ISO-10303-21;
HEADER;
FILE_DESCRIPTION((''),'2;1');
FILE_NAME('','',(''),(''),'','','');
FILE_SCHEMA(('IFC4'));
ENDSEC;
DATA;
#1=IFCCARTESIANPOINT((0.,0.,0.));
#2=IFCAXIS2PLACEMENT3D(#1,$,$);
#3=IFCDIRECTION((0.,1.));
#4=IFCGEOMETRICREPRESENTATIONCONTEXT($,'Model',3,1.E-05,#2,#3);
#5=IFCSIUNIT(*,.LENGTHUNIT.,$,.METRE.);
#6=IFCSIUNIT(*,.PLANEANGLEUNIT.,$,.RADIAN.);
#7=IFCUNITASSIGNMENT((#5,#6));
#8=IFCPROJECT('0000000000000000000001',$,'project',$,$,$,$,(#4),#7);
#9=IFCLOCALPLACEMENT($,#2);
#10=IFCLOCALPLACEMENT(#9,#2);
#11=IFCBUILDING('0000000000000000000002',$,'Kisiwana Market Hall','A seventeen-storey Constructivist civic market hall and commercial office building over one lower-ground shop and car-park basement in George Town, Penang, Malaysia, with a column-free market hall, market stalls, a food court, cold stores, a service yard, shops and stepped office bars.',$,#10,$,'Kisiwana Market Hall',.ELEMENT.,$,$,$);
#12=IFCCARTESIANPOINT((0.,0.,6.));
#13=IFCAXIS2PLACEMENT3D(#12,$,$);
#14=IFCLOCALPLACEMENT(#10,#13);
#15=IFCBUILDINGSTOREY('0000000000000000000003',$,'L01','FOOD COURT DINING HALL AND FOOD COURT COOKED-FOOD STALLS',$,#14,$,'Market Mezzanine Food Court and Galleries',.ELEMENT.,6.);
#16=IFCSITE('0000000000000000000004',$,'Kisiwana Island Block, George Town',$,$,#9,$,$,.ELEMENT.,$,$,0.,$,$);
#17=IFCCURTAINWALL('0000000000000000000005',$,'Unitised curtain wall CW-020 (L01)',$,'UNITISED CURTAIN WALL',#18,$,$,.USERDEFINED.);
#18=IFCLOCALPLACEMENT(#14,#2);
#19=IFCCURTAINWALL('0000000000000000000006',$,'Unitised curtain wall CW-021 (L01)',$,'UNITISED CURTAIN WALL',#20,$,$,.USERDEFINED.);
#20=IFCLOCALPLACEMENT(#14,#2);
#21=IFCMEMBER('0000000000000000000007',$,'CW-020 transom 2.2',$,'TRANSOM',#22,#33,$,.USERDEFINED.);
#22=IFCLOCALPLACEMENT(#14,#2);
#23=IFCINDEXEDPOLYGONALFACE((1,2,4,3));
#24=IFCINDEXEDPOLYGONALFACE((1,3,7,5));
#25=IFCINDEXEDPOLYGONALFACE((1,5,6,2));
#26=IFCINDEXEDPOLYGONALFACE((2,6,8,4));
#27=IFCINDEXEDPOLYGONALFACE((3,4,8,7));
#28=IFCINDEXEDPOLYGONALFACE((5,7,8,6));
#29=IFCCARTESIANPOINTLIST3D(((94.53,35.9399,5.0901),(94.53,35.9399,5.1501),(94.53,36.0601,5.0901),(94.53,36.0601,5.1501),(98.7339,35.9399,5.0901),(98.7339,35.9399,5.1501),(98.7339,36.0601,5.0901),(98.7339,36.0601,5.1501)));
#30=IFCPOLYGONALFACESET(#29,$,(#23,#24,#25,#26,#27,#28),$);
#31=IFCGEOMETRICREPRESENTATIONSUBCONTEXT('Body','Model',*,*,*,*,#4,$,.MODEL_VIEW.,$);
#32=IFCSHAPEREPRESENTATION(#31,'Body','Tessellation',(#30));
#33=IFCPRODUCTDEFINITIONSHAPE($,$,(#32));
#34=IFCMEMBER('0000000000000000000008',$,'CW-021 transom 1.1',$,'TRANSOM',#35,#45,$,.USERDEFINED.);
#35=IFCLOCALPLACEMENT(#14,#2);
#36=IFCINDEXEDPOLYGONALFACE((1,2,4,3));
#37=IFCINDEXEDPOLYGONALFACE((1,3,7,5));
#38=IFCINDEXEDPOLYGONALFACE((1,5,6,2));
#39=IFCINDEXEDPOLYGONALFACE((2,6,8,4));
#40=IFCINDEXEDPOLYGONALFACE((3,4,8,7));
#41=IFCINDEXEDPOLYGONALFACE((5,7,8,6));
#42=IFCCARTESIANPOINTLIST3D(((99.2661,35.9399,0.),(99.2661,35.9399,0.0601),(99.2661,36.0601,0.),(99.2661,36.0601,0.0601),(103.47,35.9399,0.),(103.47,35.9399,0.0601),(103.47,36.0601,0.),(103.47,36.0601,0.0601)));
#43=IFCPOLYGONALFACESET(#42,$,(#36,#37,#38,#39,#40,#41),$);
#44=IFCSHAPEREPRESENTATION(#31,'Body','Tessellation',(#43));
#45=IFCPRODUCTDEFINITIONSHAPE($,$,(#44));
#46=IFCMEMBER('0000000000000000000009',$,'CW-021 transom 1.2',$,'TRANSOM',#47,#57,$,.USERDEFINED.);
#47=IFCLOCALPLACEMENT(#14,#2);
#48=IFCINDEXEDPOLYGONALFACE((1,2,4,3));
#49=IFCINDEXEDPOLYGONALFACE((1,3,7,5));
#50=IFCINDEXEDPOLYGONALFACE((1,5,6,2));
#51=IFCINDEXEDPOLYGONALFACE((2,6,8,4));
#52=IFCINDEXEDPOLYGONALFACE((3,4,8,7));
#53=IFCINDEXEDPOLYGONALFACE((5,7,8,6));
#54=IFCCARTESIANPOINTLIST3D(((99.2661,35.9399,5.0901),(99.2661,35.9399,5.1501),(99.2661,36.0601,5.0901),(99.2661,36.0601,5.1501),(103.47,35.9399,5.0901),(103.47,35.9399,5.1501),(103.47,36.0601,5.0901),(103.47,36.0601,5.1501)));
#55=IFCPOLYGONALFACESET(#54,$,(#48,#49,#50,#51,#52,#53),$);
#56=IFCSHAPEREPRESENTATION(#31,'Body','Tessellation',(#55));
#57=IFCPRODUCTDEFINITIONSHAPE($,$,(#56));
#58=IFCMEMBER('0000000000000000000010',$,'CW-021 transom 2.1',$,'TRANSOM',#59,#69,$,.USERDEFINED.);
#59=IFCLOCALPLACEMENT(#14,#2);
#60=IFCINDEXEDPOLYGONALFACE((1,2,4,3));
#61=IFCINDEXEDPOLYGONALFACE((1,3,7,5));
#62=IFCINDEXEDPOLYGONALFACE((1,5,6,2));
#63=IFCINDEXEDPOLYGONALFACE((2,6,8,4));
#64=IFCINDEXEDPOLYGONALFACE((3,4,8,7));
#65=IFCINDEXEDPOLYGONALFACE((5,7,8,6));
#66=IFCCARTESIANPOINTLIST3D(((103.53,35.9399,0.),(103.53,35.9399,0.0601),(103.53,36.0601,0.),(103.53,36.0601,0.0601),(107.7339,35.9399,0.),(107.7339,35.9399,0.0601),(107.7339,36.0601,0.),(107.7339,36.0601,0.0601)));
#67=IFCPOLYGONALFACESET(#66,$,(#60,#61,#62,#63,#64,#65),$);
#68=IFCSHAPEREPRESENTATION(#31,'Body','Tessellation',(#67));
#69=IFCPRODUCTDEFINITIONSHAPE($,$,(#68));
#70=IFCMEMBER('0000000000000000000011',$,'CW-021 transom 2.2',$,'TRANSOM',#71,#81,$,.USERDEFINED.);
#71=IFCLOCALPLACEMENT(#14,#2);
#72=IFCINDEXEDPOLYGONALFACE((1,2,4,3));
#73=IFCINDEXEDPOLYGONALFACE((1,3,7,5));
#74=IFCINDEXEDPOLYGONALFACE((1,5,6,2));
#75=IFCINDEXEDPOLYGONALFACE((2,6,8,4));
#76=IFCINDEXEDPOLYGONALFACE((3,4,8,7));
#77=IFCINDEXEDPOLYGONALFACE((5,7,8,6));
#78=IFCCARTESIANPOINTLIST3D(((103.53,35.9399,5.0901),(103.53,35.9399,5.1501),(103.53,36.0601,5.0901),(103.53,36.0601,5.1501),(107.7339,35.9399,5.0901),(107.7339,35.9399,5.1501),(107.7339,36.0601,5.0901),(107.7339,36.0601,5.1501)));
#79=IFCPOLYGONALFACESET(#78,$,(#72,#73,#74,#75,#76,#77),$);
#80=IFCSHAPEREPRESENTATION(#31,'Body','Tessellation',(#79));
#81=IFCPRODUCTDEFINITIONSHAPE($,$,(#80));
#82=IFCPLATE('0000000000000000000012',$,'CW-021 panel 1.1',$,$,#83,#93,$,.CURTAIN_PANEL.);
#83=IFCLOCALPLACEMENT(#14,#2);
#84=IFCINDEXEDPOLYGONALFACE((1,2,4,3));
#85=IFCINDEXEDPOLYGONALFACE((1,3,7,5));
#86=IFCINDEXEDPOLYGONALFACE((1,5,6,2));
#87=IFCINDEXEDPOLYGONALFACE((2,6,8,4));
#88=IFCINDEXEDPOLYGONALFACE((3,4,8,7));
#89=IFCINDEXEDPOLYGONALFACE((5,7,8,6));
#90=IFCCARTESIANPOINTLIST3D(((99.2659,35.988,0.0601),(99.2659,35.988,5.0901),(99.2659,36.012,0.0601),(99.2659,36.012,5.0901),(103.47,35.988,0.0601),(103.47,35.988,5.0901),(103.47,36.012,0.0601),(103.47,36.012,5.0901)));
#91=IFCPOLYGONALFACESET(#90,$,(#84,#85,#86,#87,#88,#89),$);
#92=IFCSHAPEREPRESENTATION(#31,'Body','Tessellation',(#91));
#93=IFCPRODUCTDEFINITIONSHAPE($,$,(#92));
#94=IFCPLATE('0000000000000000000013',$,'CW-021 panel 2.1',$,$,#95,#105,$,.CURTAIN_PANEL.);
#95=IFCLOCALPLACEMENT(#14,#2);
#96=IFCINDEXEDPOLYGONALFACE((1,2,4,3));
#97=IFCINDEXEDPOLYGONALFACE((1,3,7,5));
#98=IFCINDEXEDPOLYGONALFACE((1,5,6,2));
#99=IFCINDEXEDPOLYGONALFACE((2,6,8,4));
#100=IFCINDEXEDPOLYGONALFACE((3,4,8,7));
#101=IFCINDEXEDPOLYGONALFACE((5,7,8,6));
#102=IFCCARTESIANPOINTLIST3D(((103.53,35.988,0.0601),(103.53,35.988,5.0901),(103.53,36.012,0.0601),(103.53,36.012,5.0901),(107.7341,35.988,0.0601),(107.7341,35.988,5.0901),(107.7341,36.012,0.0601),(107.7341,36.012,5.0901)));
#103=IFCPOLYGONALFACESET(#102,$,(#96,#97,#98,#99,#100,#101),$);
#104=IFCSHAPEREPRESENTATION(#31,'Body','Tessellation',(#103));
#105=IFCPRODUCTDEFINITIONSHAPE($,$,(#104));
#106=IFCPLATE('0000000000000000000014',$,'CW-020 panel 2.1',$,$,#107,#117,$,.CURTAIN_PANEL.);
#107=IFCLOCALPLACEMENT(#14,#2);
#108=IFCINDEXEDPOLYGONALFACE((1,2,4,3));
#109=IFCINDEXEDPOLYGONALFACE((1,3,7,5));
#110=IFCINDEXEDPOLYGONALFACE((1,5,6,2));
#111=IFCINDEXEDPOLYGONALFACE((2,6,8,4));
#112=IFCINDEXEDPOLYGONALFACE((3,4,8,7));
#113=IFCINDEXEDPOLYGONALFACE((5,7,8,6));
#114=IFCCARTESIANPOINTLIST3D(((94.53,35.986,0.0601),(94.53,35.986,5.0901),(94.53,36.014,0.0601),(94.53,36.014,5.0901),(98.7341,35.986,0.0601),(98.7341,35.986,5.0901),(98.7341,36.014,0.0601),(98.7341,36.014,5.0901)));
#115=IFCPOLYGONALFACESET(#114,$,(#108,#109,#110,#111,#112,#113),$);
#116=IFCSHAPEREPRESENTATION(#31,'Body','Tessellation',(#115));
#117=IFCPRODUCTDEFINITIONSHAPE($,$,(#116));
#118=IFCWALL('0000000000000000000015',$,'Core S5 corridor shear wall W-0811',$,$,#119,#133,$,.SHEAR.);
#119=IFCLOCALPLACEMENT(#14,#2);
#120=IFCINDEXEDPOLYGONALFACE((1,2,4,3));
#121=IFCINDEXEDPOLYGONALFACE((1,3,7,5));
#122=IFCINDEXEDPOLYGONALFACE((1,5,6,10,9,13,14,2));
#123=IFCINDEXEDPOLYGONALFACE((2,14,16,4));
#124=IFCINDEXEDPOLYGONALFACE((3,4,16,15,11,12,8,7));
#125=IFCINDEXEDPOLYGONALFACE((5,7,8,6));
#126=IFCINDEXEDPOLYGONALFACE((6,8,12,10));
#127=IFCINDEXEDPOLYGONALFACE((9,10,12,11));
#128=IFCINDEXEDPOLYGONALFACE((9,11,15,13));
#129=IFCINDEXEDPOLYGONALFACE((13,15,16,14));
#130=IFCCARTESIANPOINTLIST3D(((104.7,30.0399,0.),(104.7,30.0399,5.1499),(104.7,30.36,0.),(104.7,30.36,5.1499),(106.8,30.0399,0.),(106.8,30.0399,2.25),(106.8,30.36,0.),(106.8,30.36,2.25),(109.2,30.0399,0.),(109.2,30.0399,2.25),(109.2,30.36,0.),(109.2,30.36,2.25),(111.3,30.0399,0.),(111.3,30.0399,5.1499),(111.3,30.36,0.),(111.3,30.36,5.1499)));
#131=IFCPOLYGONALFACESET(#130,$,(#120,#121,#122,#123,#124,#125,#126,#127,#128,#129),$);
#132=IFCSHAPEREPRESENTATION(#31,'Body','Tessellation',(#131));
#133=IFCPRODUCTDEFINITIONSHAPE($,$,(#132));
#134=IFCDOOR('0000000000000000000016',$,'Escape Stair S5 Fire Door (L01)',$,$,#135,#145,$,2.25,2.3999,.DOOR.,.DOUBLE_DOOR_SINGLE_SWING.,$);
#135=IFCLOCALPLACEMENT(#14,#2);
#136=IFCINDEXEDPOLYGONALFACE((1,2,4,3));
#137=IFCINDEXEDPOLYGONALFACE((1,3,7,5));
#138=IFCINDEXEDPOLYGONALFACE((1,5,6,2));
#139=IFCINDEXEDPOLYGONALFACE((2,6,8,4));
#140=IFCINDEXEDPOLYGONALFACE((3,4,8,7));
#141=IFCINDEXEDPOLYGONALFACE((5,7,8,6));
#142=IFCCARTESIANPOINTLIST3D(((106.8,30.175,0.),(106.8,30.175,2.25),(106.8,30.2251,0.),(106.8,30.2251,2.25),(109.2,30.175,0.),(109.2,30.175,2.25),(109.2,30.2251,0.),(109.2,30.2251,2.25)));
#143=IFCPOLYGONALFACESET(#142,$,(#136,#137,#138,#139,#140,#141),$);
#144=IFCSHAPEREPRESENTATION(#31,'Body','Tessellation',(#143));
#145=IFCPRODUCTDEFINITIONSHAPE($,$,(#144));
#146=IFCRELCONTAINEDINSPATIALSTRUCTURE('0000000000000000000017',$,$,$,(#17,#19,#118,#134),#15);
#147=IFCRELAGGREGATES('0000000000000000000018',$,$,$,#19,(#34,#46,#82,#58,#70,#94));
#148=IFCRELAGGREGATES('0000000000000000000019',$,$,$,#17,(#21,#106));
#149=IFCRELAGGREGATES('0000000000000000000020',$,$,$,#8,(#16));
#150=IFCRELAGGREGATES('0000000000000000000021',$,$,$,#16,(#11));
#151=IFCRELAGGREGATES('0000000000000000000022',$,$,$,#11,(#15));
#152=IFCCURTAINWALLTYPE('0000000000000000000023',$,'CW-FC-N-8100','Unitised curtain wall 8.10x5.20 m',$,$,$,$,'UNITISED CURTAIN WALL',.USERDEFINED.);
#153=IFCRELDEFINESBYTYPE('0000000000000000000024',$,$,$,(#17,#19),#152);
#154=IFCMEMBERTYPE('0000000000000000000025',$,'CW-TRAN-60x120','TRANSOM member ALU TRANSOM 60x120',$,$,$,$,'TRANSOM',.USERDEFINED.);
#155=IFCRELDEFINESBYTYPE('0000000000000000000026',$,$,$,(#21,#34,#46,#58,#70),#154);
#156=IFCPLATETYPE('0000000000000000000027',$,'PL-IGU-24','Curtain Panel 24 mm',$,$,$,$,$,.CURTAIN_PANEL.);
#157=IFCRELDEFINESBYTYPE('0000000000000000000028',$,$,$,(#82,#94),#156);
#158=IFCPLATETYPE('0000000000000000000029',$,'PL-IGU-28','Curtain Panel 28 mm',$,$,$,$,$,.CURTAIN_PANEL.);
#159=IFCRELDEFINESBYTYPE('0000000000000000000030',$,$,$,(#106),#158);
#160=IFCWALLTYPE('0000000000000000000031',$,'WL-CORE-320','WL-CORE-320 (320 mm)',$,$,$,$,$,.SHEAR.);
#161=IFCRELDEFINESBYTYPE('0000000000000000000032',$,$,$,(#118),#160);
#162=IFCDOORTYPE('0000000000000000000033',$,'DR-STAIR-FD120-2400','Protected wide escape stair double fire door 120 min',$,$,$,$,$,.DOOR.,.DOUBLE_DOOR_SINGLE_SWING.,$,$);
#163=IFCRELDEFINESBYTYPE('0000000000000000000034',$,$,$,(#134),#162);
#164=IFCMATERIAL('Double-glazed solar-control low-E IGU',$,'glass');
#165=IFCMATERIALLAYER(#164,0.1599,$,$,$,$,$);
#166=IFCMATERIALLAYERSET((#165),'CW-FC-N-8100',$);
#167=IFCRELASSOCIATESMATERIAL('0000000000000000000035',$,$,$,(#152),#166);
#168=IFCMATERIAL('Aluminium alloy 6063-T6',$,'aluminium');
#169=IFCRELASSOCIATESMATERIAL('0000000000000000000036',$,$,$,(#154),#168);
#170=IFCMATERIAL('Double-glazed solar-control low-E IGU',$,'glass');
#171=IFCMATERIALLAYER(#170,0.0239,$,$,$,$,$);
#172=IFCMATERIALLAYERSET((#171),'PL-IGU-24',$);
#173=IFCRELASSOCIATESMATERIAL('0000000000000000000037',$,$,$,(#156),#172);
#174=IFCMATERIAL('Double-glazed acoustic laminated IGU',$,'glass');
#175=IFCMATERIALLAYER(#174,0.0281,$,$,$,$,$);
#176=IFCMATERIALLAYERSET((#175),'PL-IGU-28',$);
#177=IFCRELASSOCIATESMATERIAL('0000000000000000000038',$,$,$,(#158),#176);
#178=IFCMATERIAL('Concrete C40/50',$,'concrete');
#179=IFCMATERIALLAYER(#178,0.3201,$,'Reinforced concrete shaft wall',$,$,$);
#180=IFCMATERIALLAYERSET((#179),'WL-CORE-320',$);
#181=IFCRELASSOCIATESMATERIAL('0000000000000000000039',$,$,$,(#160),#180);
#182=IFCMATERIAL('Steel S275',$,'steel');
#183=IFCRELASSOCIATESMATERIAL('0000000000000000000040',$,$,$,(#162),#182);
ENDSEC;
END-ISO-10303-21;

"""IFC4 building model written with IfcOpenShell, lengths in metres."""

from ifc_helpers import new_model, si_unit, direction, frame, frame_2d, origin, origin_2d, place, context, subcontext, project, spatial, rectangle, extrude, material, layer, layer_set, material_profile, profile_set, type_object, element, fill, aggregate, save


model = new_model("IFC4")

# Units and contexts
model_context = context("Model", 3, precision=1e-05, world=origin(), true_north=direction((0.0, 1.0)))
body_context = subcontext(model_context, "Body", "Model", "MODEL_VIEW")
ifc_project = project(units=[si_unit("LENGTHUNIT", "METRE"), si_unit("PLANEANGLEUNIT", "RADIAN")], contexts=[model_context])

# Site, building, storey
site_placement = place(None, origin())
site = spatial("IfcSite", under=ifc_project, at=site_placement, Name="Kisiwana Island Block, George Town", CompositionType="ELEMENT", RefElevation=0.0)
building_placement = place(site_placement, origin())
building = spatial("IfcBuilding", under=site, at=building_placement, Name="Kisiwana Market Hall", Description="A seventeen-storey Constructivist civic market hall and commercial office building over one lower-ground shop and car-park basement in George Town, Penang, Malaysia, with a column-free market hall, market stalls, a food court, cold stores, a service yard, shops and stepped office bars.", LongName="Kisiwana Market Hall", CompositionType="ELEMENT")
storey_placement = place(building_placement, frame((0.0, 0.0, 6.0)))
storey = spatial("IfcBuildingStorey", under=building, at=storey_placement, Name="L01", Description="FOOD COURT DINING HALL AND FOOD COURT COOKED-FOOD STALLS", LongName="Market Mezzanine Food Court and Galleries", CompositionType="ELEMENT", Elevation=6.0)

# Curtain walls
ifc_material_1 = material(Name="Double-glazed solar-control low-E IGU", Category="glass")
ifc_layer_1 = layer(ifc_material_1, 0.1599)
ifc_layer_set_1 = layer_set([ifc_layer_1], Name="CW-FC-N-8100")
curtain_wall_type = type_object("IfcCurtainWallType", Name="CW-FC-N-8100", Description="Unitised curtain wall 8.10x5.20 m", ElementType="UNITISED CURTAIN WALL", PredefinedType="USERDEFINED", material=ifc_layer_set_1)
curtain_wall_1_placement = place(storey_placement, origin())
curtain_wall_1 = element("IfcCurtainWall", 1, at=curtain_wall_1_placement, inside=storey, type_object=curtain_wall_type, Name="Unitised curtain wall CW-020 (L01)", ObjectType="UNITISED CURTAIN WALL", PredefinedType="USERDEFINED")
curtain_wall_2_placement = place(storey_placement, origin())
curtain_wall_2 = element("IfcCurtainWall", 2, at=curtain_wall_2_placement, inside=storey, type_object=curtain_wall_type, Name="Unitised curtain wall CW-021 (L01)", ObjectType="UNITISED CURTAIN WALL", PredefinedType="USERDEFINED")

# Members
ifc_material_2 = material(Name="Aluminium alloy 6063-T6", Category="aluminium")
ifc_material_profile_1 = material_profile(ifc_material_2, rectangle(XDim=0.1201, YDim=0.0601, at=origin_2d()), Name="ALU TRANSOM 60x120")
ifc_profile_set_1 = profile_set([ifc_material_profile_1], Name="Aluminium alloy 6063-T6")
member_type_1 = type_object("IfcMemberType", Name="CW-TRAN-60x120", Description="TRANSOM member ALU TRANSOM 60x120", ElementType="TRANSOM", PredefinedType="USERDEFINED", material=ifc_profile_set_1)
member_1_placement = place(storey_placement, frame((94.53, 36.0, 5.1201), z_axis=(1.0, 0.0, 0.0), x_axis=(0.0, 1.0, 0.0)))
member_1 = element("IfcMember", 3, at=member_1_placement, type_object=member_type_1, Name="CW-020 transom 2.2", ObjectType="TRANSOM", PredefinedType="USERDEFINED", context=body_context, shape_type="SweptSolid", body=[
    extrude(rectangle(XDim=0.1201, YDim=0.0601, at=origin_2d()), origin(), (0.0, 0.0, 1.0), 4.2039),
])
member_2_placement = place(storey_placement, frame((99.2661, 36.0, 0.03), z_axis=(1.0, 0.0, 0.0), x_axis=(0.0, 1.0, 0.0)))
member_2 = element("IfcMember", 4, at=member_2_placement, type_object=member_type_1, Name="CW-021 transom 1.1", ObjectType="TRANSOM", PredefinedType="USERDEFINED", context=body_context, shape_type="SweptSolid", body=[
    extrude(rectangle(XDim=0.1201, YDim=0.0601, at=origin_2d()), origin(), (0.0, 0.0, 1.0), 4.2039),
])
member_3_placement = place(storey_placement, frame((99.2661, 36.0, 5.1201), z_axis=(1.0, 0.0, 0.0), x_axis=(0.0, 1.0, 0.0)))
member_3 = element("IfcMember", 5, at=member_3_placement, type_object=member_type_1, Name="CW-021 transom 1.2", ObjectType="TRANSOM", PredefinedType="USERDEFINED", context=body_context, shape_type="SweptSolid", body=[
    extrude(rectangle(XDim=0.1201, YDim=0.0601, at=origin_2d()), origin(), (0.0, 0.0, 1.0), 4.2039),
])
member_4_placement = place(storey_placement, frame((103.53, 36.0, 0.03), z_axis=(1.0, 0.0, 0.0), x_axis=(0.0, 1.0, 0.0)))
member_4 = element("IfcMember", 6, at=member_4_placement, type_object=member_type_1, Name="CW-021 transom 2.1", ObjectType="TRANSOM", PredefinedType="USERDEFINED", context=body_context, shape_type="SweptSolid", body=[
    extrude(rectangle(XDim=0.1201, YDim=0.0601, at=origin_2d()), origin(), (0.0, 0.0, 1.0), 4.2039),
])
member_5_placement = place(storey_placement, frame((103.53, 36.0, 5.1201), z_axis=(1.0, 0.0, 0.0), x_axis=(0.0, 1.0, 0.0)))
member_5 = element("IfcMember", 7, at=member_5_placement, type_object=member_type_1, Name="CW-021 transom 2.2", ObjectType="TRANSOM", PredefinedType="USERDEFINED", context=body_context, shape_type="SweptSolid", body=[
    extrude(rectangle(XDim=0.1201, YDim=0.0601, at=origin_2d()), origin(), (0.0, 0.0, 1.0), 4.2039),
])

# Plates
ifc_material_3 = material(Name="Double-glazed solar-control low-E IGU", Category="glass")
ifc_layer_2 = layer(ifc_material_3, 0.0239)
ifc_layer_set_2 = layer_set([ifc_layer_2], Name="PL-IGU-24")
plate_type_1 = type_object("IfcPlateType", Name="PL-IGU-24", Description="Curtain Panel 24 mm", PredefinedType="CURTAIN_PANEL", material=ifc_layer_set_2)
plate_1_placement = place(storey_placement, frame((101.3679, 36.0, 0.0601), z_axis=(0.0, 0.0, 1.0), x_axis=(1.0, 0.0, 0.0)))
plate_1 = element("IfcPlate", 8, at=plate_1_placement, type_object=plate_type_1, Name="CW-021 panel 1.1", PredefinedType="CURTAIN_PANEL", context=body_context, shape_type="SweptSolid", body=[
    extrude(rectangle(XDim=4.2041, YDim=0.0239, at=origin_2d()), origin(), (0.0, 0.0, 1.0), 5.03),
])
plate_2_placement = place(storey_placement, frame((105.6321, 36.0, 0.0601), z_axis=(0.0, 0.0, 1.0), x_axis=(1.0, 0.0, 0.0)))
plate_2 = element("IfcPlate", 9, at=plate_2_placement, type_object=plate_type_1, Name="CW-021 panel 2.1", PredefinedType="CURTAIN_PANEL", context=body_context, shape_type="SweptSolid", body=[
    extrude(rectangle(XDim=4.2041, YDim=0.0239, at=origin_2d()), origin(), (0.0, 0.0, 1.0), 5.03),
])
aggregate(curtain_wall_2, [member_2, member_3, plate_1, member_4, member_5, plate_2])
ifc_material_4 = material(Name="Double-glazed acoustic laminated IGU", Category="glass")
ifc_layer_3 = layer(ifc_material_4, 0.0281)
ifc_layer_set_3 = layer_set([ifc_layer_3], Name="PL-IGU-28")
plate_type_2 = type_object("IfcPlateType", Name="PL-IGU-28", Description="Curtain Panel 28 mm", PredefinedType="CURTAIN_PANEL", material=ifc_layer_set_3)
plate_3_placement = place(storey_placement, frame((96.6321, 36.0, 0.0601), z_axis=(0.0, 0.0, 1.0), x_axis=(1.0, 0.0, 0.0)))
plate_3 = element("IfcPlate", 10, at=plate_3_placement, type_object=plate_type_2, Name="CW-020 panel 2.1", PredefinedType="CURTAIN_PANEL", context=body_context, shape_type="SweptSolid", body=[
    extrude(rectangle(XDim=4.2041, YDim=0.0281, at=origin_2d()), origin(), (0.0, 0.0, 1.0), 5.03),
])
aggregate(curtain_wall_1, [member_1, plate_3])

# Wall, opening, door
ifc_material_5 = material(Name="Concrete C40/50", Category="concrete")
ifc_layer_4 = layer(ifc_material_5, 0.3201, Name="Reinforced concrete shaft wall")
ifc_layer_set_4 = layer_set([ifc_layer_4], Name="WL-CORE-320")
wall_type = type_object("IfcWallType", Name="WL-CORE-320", Description="WL-CORE-320 (320 mm)", PredefinedType="SHEAR", material=ifc_layer_set_4)
wall_placement = place(storey_placement, frame((104.7, 30.2, 0.0), z_axis=(0.0, 0.0, 1.0), x_axis=(1.0, 0.0, 0.0)))
wall = element("IfcWall", 11, at=wall_placement, inside=storey, type_object=wall_type, Name="Core S5 corridor shear wall W-0811", PredefinedType="SHEAR", context=body_context, shape_type="SweptSolid", body=[
    extrude(rectangle(XDim=6.6001, YDim=0.3201, at=frame_2d((3.3, 0.0))), origin(), (0.0, 0.0, 1.0), 5.1499),
])
opening_placement = place(wall_placement, frame((2.1001, 0.0, 0.0)))
opening = element("IfcOpeningElement", 12, at=opening_placement, cuts=wall, PredefinedType="OPENING", context=body_context, shape_type="SweptSolid", body=[
    extrude(rectangle(XDim=2.3999, YDim=2.25, at=frame_2d((1.2, 1.125))), frame((0.0, 0.1719, 0.0), z_axis=(0.0, -1.0, 0.0), x_axis=(1.0, 0.0, 0.0)), (0.0, 0.0, 1.0), 0.344),
])
ifc_material_6 = material(Name="Steel S275", Category="steel")
door_type = type_object("IfcDoorType", Name="DR-STAIR-FD120-2400", Description="Protected wide escape stair double fire door 120 min", OperationType="DOUBLE_DOOR_SINGLE_SWING", PredefinedType="DOOR", material=ifc_material_6)
door_placement = place(opening_placement, frame((2.3999, 0.0, 0.0), z_axis=(0.0, 0.0, 1.0), x_axis=(-1.0, 0.0, 0.0)))
door = element("IfcDoor", 13, at=door_placement, inside=storey, type_object=door_type, Name="Escape Stair S5 Fire Door (L01)", OperationType="DOUBLE_DOOR_SINGLE_SWING", OverallHeight=2.25, OverallWidth=2.3999, PredefinedType="DOOR", context=body_context, shape_type="SweptSolid", body=[
    extrude(rectangle(XDim=2.3999, YDim=2.25, at=frame_2d((1.2, 1.125))), frame((0.0, 0.0249, 0.0), z_axis=(0.0, -1.0, 0.0), x_axis=(1.0, 0.0, 0.0)), (0.0, 0.0, 1.0), 0.05),
])
fill(opening, door)

save(model, "model.ifc")
